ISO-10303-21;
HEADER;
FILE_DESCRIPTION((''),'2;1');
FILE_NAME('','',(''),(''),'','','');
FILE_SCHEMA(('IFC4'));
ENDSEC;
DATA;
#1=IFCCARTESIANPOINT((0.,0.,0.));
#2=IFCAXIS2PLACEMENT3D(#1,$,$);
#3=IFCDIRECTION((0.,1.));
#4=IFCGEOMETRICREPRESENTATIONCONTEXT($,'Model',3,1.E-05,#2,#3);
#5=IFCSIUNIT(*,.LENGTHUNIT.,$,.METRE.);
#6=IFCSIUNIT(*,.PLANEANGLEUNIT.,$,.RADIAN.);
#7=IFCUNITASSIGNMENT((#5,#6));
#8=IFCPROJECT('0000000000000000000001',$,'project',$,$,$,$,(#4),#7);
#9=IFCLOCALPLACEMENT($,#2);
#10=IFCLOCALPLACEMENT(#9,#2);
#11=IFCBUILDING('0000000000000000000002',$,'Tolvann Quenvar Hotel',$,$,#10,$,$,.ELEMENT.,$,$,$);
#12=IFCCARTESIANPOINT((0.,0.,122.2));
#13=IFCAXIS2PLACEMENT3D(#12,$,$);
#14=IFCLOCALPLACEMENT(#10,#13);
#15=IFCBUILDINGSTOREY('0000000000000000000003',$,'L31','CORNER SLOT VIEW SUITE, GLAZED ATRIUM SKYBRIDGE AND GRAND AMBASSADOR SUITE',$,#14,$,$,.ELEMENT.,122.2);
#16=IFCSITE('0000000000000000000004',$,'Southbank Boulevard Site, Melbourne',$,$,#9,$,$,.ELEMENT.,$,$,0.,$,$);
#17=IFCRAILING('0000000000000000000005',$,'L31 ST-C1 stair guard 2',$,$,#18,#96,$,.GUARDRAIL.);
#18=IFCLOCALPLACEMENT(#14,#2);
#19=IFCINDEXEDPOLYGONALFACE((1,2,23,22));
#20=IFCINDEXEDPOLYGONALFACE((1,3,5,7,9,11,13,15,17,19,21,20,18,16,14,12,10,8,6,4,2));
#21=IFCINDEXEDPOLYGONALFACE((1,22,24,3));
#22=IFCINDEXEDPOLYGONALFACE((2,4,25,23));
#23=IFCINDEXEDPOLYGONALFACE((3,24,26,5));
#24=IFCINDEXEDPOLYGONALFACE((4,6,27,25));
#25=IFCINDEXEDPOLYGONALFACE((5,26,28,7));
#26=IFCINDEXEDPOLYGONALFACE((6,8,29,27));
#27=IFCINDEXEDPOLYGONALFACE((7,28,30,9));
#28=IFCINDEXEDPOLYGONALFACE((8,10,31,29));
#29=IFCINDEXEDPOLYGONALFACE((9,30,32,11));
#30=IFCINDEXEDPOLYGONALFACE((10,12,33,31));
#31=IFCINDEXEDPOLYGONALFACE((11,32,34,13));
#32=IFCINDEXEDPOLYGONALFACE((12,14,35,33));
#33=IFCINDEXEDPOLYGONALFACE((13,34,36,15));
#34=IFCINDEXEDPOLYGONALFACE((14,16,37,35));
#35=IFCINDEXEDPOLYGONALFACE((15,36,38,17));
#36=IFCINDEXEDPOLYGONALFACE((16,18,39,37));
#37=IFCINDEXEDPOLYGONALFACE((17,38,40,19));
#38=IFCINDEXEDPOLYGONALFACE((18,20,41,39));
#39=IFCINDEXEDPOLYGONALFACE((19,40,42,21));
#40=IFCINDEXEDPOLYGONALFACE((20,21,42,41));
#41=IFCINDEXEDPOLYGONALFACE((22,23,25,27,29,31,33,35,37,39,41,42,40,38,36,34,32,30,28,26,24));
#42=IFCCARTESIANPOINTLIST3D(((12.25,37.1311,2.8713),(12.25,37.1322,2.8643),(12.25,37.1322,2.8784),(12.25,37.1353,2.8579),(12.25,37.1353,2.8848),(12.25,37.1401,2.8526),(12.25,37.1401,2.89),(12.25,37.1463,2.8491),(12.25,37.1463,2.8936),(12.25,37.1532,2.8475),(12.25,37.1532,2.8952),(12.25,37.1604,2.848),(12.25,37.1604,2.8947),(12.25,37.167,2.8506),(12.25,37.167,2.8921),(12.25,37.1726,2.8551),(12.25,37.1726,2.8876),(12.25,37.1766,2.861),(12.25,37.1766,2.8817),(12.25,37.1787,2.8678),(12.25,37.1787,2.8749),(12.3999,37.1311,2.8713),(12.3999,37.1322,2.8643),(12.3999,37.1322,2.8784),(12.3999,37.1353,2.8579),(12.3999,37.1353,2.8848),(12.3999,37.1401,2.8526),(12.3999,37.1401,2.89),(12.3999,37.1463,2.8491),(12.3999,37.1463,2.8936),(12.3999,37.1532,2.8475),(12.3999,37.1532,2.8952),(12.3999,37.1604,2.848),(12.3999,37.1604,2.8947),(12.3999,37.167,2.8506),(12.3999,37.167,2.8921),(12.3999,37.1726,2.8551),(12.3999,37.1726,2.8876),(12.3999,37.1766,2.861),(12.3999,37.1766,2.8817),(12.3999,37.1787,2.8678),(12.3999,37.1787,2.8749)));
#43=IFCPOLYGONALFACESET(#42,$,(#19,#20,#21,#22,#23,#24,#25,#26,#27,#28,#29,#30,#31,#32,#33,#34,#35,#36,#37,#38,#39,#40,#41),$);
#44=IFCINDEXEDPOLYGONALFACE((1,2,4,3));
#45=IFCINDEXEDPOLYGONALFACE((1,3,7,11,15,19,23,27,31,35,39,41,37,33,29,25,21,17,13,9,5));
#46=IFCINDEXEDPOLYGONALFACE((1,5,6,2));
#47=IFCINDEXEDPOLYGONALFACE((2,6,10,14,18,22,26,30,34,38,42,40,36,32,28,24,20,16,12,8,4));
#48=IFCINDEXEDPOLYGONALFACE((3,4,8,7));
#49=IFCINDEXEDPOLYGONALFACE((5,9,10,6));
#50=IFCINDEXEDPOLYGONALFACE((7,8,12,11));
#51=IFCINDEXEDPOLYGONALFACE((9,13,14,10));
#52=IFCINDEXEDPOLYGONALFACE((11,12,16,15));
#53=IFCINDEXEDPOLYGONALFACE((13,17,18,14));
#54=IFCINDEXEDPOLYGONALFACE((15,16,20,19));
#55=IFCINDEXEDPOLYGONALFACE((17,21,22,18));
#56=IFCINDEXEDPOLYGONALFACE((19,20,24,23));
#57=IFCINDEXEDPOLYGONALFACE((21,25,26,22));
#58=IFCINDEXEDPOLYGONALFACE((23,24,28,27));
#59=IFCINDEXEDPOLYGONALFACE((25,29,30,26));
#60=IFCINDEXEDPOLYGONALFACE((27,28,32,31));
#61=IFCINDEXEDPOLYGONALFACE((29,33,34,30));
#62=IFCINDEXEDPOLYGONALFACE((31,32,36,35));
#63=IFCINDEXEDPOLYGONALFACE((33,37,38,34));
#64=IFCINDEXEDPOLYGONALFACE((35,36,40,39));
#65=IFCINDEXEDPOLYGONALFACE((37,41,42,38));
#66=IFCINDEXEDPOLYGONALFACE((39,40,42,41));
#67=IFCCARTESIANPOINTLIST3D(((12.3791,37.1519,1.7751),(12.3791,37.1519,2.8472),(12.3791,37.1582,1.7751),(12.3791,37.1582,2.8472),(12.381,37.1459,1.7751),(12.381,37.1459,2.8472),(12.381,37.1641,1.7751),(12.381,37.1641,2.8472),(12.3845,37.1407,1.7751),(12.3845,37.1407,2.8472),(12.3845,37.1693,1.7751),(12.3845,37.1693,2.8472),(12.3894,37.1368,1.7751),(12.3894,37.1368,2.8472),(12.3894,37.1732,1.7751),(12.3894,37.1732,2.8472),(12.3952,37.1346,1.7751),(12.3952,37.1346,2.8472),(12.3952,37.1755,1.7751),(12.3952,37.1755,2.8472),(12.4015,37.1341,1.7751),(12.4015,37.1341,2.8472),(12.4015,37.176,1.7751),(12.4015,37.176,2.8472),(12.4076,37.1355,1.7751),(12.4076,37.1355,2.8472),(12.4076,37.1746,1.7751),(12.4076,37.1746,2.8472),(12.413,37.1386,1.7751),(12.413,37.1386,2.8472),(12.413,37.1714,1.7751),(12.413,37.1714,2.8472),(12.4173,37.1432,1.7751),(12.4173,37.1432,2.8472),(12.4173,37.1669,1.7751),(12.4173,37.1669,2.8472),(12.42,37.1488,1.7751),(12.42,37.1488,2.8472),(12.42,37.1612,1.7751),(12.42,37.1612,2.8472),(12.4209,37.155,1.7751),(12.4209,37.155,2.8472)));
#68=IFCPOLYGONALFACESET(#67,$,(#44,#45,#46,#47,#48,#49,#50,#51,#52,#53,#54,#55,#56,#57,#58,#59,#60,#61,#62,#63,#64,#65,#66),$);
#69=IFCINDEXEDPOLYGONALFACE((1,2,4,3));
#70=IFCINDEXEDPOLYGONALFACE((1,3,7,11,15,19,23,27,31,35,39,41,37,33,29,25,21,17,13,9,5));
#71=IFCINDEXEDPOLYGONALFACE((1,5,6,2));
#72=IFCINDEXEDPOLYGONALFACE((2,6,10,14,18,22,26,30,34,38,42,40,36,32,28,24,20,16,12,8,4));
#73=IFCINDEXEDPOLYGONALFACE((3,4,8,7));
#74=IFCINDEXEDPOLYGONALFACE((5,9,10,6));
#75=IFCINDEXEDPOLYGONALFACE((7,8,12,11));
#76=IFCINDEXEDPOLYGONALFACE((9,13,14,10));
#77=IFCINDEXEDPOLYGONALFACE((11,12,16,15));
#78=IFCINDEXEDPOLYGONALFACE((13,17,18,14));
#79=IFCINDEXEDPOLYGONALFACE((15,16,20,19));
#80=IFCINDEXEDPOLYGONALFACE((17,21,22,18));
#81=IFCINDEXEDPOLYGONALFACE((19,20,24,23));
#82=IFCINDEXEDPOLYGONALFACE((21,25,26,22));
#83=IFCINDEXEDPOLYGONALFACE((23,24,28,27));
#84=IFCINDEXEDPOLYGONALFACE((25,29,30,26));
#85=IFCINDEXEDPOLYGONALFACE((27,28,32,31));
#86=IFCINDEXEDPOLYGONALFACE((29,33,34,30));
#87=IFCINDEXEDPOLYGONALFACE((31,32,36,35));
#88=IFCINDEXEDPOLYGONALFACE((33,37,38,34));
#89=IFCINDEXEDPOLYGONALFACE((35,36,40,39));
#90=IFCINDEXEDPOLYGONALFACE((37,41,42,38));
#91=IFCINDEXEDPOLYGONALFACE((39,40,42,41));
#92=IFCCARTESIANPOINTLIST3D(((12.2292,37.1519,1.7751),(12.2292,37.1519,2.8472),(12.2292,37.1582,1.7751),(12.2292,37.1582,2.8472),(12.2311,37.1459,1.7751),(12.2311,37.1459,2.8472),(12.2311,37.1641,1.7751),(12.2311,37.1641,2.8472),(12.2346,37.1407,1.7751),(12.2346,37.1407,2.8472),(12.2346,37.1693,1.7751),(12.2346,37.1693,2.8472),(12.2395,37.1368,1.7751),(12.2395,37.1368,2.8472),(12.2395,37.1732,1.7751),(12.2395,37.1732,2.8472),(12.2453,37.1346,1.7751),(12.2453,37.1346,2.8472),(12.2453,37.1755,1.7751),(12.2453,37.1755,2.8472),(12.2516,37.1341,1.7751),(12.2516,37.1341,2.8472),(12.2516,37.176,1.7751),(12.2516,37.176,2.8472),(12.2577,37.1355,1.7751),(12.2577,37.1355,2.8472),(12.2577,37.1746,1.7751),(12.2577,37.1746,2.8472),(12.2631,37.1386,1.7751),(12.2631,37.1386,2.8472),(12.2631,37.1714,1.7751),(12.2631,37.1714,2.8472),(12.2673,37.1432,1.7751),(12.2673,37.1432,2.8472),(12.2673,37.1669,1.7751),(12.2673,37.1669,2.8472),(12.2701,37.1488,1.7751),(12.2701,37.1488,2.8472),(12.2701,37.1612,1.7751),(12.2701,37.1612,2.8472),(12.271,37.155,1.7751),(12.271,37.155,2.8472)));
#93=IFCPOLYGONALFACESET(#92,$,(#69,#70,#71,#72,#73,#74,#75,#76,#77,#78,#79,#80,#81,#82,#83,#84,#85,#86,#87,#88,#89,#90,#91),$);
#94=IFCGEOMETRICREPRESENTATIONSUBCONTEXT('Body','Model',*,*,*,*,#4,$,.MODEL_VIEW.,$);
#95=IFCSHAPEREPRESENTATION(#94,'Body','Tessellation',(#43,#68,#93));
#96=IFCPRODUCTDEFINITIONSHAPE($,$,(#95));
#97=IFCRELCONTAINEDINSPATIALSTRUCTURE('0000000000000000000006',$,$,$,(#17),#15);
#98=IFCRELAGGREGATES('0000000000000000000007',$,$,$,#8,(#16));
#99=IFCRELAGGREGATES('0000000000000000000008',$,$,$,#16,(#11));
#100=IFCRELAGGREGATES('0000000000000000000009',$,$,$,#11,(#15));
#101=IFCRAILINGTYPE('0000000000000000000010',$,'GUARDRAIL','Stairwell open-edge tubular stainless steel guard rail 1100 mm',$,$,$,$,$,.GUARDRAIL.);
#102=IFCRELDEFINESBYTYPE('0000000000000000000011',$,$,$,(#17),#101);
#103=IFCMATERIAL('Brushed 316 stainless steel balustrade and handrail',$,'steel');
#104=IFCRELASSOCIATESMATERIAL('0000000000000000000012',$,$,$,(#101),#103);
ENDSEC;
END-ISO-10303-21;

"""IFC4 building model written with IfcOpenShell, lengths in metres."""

from ifc_helpers import new_model, si_unit, direction, frame, origin, origin_2d, place, context, subcontext, project, spatial, circle, extrude, material, type_object, element, save


model = new_model("IFC4")

# Units and contexts
model_context = context("Model", 3, precision=1e-05, world=origin(), true_north=direction((0.0, 1.0)))
body_context = subcontext(model_context, "Body", "Model", "MODEL_VIEW")
ifc_project = project(units=[si_unit("LENGTHUNIT", "METRE"), si_unit("PLANEANGLEUNIT", "RADIAN")], contexts=[model_context])

# Site, building, storey
site_placement = place(None, origin())
site = spatial("IfcSite", under=ifc_project, at=site_placement, Name="Southbank Boulevard Site, Melbourne", CompositionType="ELEMENT", RefElevation=0.0)
building_placement = place(site_placement, origin())
building = spatial("IfcBuilding", under=site, at=building_placement, Name="Tolvann Quenvar Hotel", CompositionType="ELEMENT")
storey_placement = place(building_placement, frame((0.0, 0.0, 122.2)))
storey = spatial("IfcBuildingStorey", under=building, at=storey_placement, Name="L31", Description="CORNER SLOT VIEW SUITE, GLAZED ATRIUM SKYBRIDGE AND GRAND AMBASSADOR SUITE", CompositionType="ELEMENT", Elevation=122.2)

# Railing
ifc_material_1 = material(Name="Brushed 316 stainless steel balustrade and handrail", Category="steel")
railing_type_1 = type_object("IfcRailingType", Name="GUARDRAIL", Description="Stairwell open-edge tubular stainless steel guard rail 1100 mm", PredefinedType="GUARDRAIL", material=ifc_material_1)
railing_1_placement = place(storey_placement, frame((12.3999, 37.155, 1.7751)))
element("IfcRailing", 1, at=railing_1_placement, inside=storey, type_object=railing_type_1, Name="L31 ST-C1 stair guard 2", PredefinedType="GUARDRAIL", context=body_context, shape_type="SweptSolid", body=[
    extrude(circle(Radius=0.0239, at=origin_2d()), frame((0.0, 0.0, 1.0962), z_axis=(-1.0, 0.0, 0.0), x_axis=(0.0, -1.0, 0.0)), (0.0, 0.0, 1.0), 0.1499),
    extrude(circle(Radius=0.021, at=origin_2d()), origin(), (0.0, 0.0, 1.0), 1.072),
    extrude(circle(Radius=0.021, at=origin_2d()), frame((-0.1499, 0.0, 0.0)), (0.0, 0.0, 1.0), 1.072),
])

save(model, "model.ifc")
